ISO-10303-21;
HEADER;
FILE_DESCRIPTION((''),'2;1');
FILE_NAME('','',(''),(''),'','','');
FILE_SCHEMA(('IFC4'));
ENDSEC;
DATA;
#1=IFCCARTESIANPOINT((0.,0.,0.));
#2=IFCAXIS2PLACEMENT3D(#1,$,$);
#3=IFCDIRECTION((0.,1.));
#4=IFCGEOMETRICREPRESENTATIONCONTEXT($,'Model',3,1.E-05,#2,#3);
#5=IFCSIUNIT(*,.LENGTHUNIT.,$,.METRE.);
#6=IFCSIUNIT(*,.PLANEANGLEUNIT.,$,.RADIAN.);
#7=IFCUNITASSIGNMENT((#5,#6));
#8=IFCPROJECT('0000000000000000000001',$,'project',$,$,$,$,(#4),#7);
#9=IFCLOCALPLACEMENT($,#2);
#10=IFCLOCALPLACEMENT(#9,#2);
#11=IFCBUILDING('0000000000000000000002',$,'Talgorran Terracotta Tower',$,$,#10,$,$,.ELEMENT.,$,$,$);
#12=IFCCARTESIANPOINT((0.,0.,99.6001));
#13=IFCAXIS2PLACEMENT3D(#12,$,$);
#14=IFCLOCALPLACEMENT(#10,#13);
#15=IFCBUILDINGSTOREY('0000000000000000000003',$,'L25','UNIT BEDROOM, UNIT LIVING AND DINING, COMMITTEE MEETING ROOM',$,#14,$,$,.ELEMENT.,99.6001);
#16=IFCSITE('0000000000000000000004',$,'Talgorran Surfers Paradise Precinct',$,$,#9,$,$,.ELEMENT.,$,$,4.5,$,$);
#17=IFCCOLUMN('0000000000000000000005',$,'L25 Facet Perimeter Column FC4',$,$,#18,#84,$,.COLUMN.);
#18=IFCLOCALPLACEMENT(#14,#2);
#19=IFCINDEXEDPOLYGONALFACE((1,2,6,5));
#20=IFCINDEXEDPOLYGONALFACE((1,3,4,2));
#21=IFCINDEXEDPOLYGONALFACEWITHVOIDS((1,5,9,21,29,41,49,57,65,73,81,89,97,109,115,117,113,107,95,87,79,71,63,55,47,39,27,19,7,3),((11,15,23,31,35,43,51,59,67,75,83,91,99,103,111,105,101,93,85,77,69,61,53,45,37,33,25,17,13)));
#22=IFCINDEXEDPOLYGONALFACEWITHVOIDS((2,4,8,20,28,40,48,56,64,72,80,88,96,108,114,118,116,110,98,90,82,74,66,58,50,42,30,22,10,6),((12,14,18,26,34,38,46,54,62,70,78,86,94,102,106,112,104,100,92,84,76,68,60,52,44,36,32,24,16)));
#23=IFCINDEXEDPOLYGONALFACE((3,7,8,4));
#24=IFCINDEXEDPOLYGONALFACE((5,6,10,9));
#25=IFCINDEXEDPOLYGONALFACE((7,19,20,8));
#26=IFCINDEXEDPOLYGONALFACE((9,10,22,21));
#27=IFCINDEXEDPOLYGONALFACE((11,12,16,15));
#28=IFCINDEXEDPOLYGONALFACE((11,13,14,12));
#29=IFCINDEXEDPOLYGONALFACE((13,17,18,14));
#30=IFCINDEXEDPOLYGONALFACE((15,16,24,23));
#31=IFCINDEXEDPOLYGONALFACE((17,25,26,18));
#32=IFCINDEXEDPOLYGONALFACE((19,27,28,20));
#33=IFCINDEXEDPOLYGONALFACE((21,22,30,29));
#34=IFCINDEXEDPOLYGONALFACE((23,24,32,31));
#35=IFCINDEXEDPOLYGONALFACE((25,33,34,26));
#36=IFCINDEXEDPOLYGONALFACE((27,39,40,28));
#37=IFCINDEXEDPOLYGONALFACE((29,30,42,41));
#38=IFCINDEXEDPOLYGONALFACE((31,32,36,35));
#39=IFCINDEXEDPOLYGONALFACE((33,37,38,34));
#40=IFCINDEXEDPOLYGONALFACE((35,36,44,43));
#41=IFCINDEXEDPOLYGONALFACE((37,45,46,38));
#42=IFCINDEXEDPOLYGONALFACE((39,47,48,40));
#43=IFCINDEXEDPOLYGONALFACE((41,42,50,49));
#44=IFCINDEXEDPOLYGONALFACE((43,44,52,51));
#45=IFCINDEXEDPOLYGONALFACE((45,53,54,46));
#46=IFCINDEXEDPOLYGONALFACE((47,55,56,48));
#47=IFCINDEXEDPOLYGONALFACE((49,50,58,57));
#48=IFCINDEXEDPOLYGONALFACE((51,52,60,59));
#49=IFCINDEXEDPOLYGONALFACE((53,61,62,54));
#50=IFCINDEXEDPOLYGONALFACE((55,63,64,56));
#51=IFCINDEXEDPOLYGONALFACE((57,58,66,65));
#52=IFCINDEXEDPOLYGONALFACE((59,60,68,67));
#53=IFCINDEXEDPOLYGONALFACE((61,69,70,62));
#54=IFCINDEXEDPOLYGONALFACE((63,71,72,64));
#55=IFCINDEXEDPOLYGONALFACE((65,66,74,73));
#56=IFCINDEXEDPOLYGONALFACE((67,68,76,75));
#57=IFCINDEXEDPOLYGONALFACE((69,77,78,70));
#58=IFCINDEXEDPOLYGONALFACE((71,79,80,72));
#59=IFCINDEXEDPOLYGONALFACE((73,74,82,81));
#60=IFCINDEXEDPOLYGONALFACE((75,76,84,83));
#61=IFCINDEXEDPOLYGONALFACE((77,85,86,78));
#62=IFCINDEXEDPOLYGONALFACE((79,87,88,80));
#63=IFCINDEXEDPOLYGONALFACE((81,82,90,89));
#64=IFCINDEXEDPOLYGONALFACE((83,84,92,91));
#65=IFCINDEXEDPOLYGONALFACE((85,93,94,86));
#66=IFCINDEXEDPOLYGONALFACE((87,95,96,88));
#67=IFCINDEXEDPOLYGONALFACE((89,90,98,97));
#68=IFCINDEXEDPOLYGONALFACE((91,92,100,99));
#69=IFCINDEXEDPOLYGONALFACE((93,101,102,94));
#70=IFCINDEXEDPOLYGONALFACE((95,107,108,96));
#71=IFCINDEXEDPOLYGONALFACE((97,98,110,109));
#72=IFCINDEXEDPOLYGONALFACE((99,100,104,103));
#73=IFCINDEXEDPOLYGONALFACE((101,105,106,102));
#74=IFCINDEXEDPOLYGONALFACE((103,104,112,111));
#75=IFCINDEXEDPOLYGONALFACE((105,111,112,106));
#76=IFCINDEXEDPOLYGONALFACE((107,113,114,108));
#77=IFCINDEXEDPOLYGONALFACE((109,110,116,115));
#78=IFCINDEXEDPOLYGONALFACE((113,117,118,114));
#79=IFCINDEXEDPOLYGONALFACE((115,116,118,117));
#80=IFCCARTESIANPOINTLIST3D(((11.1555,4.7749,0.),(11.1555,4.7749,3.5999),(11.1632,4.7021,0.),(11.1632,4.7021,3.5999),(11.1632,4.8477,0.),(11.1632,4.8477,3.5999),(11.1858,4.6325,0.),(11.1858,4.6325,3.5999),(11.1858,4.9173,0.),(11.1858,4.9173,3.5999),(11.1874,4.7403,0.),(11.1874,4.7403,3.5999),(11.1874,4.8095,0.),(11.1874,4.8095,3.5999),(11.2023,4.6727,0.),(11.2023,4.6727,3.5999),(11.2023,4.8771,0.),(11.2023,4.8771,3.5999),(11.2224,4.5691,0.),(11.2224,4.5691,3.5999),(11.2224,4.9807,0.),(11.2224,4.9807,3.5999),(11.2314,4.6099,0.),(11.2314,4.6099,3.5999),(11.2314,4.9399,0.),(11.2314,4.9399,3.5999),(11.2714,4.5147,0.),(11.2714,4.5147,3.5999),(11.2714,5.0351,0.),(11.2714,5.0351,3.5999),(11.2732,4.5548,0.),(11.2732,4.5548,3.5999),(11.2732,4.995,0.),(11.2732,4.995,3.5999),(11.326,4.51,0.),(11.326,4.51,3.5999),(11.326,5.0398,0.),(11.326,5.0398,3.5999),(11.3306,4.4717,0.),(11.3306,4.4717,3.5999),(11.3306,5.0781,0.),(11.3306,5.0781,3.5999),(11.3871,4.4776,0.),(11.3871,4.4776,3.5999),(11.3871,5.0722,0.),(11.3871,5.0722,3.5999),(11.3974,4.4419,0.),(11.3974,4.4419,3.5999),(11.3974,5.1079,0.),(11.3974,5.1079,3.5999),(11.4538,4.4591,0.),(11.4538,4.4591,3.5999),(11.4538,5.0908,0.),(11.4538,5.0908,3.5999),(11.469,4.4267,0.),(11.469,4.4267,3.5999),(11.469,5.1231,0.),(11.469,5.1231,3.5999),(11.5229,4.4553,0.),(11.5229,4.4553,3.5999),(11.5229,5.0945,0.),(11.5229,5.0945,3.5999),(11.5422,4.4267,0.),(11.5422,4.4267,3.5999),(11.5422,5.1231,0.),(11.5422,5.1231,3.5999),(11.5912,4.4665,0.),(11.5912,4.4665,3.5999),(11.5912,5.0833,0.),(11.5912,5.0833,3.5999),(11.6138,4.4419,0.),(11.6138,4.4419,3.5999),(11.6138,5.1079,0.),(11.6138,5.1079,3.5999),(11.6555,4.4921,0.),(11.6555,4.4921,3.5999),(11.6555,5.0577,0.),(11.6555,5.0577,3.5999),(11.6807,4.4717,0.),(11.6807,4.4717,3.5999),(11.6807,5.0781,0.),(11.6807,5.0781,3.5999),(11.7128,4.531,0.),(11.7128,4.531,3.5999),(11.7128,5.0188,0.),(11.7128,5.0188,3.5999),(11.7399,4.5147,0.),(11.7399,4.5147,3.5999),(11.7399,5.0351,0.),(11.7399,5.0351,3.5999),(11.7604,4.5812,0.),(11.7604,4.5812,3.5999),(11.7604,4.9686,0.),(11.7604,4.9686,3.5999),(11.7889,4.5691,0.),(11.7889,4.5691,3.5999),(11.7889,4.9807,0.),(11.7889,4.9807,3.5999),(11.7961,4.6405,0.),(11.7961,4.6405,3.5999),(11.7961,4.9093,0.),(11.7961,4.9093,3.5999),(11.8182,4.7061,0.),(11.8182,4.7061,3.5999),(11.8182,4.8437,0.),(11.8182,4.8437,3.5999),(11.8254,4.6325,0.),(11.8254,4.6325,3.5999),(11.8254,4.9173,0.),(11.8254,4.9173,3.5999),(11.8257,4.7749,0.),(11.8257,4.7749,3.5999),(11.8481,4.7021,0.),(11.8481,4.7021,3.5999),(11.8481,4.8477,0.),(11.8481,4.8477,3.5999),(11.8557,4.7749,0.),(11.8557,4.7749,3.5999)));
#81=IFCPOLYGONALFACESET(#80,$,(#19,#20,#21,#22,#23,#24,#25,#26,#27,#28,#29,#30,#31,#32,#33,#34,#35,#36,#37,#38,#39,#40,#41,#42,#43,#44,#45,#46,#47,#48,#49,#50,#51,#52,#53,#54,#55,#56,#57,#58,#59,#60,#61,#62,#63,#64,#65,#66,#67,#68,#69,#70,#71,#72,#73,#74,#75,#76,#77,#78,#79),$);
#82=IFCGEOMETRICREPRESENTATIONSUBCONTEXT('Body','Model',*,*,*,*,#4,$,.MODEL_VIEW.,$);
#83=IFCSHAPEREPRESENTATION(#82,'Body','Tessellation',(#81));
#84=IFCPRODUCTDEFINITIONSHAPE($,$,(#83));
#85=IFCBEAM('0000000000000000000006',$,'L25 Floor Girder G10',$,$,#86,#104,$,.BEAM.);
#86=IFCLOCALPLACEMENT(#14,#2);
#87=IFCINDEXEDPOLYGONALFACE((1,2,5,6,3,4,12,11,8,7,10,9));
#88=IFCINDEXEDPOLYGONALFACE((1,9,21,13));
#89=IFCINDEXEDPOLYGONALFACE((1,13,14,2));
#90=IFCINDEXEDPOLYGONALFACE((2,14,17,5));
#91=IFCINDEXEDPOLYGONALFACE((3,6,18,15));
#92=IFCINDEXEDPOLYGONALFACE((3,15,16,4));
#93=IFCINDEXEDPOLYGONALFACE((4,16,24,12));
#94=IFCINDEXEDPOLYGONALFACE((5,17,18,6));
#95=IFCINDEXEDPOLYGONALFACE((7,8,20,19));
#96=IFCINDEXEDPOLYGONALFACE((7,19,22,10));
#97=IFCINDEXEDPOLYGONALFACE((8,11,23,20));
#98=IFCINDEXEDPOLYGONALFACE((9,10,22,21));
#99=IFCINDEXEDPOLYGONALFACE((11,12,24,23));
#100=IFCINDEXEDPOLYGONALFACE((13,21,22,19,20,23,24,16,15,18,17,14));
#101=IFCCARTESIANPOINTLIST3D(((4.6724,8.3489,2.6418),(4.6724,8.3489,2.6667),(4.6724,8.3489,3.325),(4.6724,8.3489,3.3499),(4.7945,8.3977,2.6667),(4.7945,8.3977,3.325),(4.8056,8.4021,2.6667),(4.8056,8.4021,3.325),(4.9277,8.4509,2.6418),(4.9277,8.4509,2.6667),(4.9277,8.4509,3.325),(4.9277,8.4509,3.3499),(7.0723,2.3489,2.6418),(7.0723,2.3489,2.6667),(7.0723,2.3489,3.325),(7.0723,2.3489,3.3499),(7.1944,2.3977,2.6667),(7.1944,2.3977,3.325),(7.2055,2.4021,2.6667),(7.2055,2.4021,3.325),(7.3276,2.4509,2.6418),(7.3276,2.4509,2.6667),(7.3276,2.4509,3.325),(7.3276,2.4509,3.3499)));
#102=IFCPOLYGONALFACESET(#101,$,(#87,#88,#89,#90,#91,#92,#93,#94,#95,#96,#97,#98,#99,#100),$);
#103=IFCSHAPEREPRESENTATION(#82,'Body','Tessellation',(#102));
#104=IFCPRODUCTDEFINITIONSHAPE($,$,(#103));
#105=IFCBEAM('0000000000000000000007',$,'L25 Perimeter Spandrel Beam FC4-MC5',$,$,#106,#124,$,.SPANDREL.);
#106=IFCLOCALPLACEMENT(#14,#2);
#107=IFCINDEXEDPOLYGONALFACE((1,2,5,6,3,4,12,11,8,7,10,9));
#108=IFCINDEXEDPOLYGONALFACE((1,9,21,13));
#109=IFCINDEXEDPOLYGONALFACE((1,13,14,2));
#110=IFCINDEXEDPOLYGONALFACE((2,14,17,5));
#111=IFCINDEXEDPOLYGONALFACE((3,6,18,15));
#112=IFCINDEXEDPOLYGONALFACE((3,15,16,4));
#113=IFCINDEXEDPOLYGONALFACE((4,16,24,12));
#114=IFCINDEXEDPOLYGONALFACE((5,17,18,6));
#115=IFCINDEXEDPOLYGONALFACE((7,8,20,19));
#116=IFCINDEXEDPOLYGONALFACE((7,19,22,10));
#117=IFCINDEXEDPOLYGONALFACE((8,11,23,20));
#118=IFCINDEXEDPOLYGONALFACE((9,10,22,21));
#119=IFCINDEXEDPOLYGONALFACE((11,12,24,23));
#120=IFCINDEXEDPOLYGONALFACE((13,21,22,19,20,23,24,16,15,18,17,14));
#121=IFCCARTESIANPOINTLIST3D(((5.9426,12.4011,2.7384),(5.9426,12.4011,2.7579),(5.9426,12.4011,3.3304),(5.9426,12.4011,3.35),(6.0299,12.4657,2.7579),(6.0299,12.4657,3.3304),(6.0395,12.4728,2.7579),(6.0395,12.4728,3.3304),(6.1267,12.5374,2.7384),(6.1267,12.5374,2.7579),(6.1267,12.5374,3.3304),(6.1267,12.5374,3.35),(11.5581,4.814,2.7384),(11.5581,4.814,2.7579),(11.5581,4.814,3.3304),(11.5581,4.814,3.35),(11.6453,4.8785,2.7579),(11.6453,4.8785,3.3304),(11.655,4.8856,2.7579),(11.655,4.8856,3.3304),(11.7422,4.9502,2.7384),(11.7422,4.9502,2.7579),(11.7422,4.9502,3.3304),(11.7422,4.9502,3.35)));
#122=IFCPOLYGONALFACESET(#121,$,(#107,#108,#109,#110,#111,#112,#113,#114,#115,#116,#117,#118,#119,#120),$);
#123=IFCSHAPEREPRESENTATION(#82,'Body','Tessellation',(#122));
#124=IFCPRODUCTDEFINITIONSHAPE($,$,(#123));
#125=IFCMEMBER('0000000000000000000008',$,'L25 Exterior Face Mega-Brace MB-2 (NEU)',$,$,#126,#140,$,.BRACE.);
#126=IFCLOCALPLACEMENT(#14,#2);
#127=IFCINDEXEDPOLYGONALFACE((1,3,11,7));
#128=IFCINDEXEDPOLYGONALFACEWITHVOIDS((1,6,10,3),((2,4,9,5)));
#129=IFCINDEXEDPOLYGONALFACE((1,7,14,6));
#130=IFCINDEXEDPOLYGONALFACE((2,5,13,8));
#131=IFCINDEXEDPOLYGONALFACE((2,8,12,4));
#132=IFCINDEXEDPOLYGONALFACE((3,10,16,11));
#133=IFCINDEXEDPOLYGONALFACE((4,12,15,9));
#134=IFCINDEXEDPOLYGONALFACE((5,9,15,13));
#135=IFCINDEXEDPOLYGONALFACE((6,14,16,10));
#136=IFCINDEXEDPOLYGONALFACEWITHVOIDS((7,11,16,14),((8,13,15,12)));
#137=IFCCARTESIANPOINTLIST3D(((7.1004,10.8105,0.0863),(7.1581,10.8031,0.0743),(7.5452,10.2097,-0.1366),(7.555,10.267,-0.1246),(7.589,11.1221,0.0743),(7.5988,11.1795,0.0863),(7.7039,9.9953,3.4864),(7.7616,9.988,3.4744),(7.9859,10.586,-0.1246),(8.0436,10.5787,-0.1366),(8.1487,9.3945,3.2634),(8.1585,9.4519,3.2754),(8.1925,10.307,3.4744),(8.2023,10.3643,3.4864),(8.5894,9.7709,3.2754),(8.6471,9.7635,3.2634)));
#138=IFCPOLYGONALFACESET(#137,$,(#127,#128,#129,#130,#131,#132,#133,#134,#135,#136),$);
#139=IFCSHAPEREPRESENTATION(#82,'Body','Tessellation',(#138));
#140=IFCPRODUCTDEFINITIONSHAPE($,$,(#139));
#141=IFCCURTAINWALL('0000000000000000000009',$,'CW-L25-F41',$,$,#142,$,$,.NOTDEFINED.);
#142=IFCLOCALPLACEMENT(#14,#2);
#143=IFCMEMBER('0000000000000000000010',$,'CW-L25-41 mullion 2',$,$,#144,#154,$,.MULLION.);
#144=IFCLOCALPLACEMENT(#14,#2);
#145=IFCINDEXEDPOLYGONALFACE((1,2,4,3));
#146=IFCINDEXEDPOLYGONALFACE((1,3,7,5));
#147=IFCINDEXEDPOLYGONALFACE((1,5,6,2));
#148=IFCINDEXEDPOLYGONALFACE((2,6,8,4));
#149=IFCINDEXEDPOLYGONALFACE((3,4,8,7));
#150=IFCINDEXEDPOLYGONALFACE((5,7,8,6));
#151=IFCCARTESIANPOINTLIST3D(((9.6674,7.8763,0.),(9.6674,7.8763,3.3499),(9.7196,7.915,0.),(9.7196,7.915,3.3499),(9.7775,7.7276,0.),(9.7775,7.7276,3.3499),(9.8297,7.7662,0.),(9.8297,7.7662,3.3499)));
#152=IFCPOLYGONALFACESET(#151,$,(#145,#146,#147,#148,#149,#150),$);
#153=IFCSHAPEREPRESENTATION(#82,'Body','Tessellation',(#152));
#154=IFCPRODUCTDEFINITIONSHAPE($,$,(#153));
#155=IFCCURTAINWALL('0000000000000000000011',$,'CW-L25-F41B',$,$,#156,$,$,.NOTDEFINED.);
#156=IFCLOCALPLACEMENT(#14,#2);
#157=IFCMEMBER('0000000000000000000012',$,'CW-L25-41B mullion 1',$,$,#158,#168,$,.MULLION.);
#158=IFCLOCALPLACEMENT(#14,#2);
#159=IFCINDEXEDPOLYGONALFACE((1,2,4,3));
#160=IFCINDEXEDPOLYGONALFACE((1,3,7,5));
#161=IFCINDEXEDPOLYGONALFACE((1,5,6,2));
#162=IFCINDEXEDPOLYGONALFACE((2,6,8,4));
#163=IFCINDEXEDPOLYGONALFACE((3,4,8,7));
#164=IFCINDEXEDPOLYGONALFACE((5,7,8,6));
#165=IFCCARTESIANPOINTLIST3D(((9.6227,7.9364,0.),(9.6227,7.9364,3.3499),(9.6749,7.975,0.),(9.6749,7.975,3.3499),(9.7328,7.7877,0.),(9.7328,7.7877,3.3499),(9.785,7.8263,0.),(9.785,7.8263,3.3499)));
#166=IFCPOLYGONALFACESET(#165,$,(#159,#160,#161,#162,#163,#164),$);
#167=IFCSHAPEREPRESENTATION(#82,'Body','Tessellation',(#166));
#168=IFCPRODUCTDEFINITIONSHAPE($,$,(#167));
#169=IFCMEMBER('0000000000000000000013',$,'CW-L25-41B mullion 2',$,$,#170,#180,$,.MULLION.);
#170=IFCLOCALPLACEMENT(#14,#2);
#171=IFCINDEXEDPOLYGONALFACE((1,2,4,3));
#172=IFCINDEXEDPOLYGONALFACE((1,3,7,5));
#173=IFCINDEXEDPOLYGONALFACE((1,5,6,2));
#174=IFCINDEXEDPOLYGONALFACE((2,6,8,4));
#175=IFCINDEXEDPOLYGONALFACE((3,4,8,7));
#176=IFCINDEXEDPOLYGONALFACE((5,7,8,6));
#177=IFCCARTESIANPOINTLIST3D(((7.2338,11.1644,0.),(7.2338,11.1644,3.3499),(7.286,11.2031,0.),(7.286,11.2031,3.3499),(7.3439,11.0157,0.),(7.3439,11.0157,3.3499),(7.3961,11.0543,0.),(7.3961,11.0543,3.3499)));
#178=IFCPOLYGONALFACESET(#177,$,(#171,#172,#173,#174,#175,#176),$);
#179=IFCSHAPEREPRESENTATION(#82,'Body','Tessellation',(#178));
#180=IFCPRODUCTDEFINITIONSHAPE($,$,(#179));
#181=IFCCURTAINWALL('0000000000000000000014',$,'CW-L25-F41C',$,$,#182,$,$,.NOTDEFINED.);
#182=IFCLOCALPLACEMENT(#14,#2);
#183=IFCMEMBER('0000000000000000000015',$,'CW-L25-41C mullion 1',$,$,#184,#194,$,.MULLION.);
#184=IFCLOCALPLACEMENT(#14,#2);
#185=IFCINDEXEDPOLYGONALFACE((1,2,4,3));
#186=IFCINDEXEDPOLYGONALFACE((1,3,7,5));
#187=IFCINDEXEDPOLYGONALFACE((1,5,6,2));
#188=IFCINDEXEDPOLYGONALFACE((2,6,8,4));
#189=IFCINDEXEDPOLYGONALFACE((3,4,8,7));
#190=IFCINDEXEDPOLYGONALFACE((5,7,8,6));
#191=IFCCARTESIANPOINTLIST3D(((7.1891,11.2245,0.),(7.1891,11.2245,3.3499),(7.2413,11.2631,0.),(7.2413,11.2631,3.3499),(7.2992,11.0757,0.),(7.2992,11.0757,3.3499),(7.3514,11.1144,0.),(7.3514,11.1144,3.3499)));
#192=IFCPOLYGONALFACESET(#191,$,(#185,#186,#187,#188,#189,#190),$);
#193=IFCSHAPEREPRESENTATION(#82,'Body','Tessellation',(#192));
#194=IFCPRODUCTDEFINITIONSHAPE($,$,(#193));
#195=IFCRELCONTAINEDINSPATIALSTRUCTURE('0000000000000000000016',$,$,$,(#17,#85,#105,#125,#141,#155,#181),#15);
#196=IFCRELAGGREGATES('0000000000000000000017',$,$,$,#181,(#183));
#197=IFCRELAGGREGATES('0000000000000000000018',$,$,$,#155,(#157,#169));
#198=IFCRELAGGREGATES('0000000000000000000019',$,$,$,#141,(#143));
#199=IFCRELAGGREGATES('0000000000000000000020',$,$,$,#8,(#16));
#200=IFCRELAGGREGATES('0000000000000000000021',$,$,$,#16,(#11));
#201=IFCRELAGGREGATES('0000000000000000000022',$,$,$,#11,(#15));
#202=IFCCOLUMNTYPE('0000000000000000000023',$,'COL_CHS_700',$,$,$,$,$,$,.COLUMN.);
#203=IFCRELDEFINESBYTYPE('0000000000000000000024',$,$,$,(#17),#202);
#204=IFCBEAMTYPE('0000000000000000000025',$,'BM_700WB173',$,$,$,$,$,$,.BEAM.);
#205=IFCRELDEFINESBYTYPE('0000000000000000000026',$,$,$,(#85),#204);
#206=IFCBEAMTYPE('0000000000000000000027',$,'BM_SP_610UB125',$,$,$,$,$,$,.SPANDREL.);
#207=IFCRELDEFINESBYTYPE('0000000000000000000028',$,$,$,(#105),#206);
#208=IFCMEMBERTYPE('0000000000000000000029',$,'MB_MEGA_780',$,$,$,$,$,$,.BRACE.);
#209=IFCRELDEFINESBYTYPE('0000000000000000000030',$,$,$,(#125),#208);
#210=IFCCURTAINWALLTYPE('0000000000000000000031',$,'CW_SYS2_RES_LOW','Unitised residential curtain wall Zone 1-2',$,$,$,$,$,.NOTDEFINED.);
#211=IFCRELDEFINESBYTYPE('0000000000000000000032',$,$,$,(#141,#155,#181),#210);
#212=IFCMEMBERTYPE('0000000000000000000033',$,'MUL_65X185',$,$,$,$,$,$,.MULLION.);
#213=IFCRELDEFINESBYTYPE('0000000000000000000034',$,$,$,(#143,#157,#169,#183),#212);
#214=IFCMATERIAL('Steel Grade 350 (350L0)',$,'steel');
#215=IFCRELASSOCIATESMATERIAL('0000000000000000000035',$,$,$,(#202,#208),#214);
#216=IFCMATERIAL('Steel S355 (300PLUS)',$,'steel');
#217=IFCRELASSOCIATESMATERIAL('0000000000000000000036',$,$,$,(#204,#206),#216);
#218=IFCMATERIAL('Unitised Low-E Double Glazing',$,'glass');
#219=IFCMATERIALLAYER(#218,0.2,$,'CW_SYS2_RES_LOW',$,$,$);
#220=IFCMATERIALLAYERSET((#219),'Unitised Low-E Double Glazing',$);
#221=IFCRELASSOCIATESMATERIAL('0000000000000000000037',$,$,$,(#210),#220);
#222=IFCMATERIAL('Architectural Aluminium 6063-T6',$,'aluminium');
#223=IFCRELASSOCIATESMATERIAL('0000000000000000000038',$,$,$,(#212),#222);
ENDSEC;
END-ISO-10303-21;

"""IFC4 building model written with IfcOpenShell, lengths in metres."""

from ifc_helpers import new_model, si_unit, direction, frame, origin, origin_2d, place, context, subcontext, project, spatial, rectangle, hollow_rectangle, hollow_circle, i_section, extrude, material, layer, layer_set, material_profile, profile_set, type_object, element, aggregate, save


model = new_model("IFC4")

# Units and contexts
model_context = context("Model", 3, precision=1e-05, world=origin(), true_north=direction((0.0, 1.0)))
body_context = subcontext(model_context, "Body", "Model", "MODEL_VIEW")
ifc_project = project(units=[si_unit("LENGTHUNIT", "METRE"), si_unit("PLANEANGLEUNIT", "RADIAN")], contexts=[model_context])

# Site, building, storey
site_placement = place(None, origin())
site = spatial("IfcSite", under=ifc_project, at=site_placement, Name="Talgorran Surfers Paradise Precinct", CompositionType="ELEMENT", RefElevation=4.5)
building_placement = place(site_placement, origin())
building = spatial("IfcBuilding", under=site, at=building_placement, Name="Talgorran Terracotta Tower", CompositionType="ELEMENT")
storey_placement = place(building_placement, frame((0.0, 0.0, 99.6001)))
storey = spatial("IfcBuildingStorey", under=building, at=storey_placement, Name="L25", Description="UNIT BEDROOM, UNIT LIVING AND DINING, COMMITTEE MEETING ROOM", CompositionType="ELEMENT", Elevation=99.6001)

# Column
ifc_material_1 = material(Name="Steel Grade 350 (350L0)", Category="steel")
ifc_material_profile_1 = material_profile(ifc_material_1, hollow_circle(Radius=0.3501, WallThickness=0.03, at=origin_2d()), Name="CHS700X30")
ifc_profile_set_1 = profile_set([ifc_material_profile_1], Name="Steel Grade 350 (350L0)")
column_type = type_object("IfcColumnType", Name="COL_CHS_700", PredefinedType="COLUMN", material=ifc_profile_set_1)
column_placement = place(storey_placement, frame((11.5056, 4.7749, 0.0), z_axis=(0.0, 0.0, 1.0), x_axis=(1.0, 0.0, 0.0)))
element("IfcColumn", 1, at=column_placement, inside=storey, type_object=column_type, Name="L25 Facet Perimeter Column FC4", PredefinedType="COLUMN", context=body_context, shape_type="SweptSolid", body=[
    extrude(hollow_circle(Radius=0.3501, WallThickness=0.03, at=origin_2d()), origin(), (0.0, 0.0, 1.0), 3.5999),
])

# Beams
ifc_material_2 = material(Name="Steel S355 (300PLUS)", Category="steel")
ifc_material_profile_2 = material_profile(ifc_material_2, i_section(OverallWidth=0.2749, OverallDepth=0.708, WebThickness=0.012, FlangeThickness=0.0249, at=origin_2d()), Name="700WB173")
ifc_profile_set_2 = profile_set([ifc_material_profile_2], Name="Steel S355 (300PLUS)")
beam_type_1 = type_object("IfcBeamType", Name="BM_700WB173", PredefinedType="BEAM", material=ifc_profile_set_2)
beam_1_placement = place(storey_placement, frame((7.2, 2.3999, 2.9958), z_axis=(-0.371378, 0.928482, 0.0), x_axis=(-0.928482, -0.371378, 0.0)))
element("IfcBeam", 2, at=beam_1_placement, inside=storey, type_object=beam_type_1, Name="L25 Floor Girder G10", PredefinedType="BEAM", context=body_context, shape_type="SweptSolid", body=[
    extrude(i_section(OverallWidth=0.2749, OverallDepth=0.708, WebThickness=0.012, FlangeThickness=0.0249, at=origin_2d()), origin(), (0.0, 0.0, 1.0), 6.4622),
])
ifc_material_profile_3 = material_profile(ifc_material_2, i_section(OverallWidth=0.229, OverallDepth=0.6116, WebThickness=0.012, FlangeThickness=0.0195, at=origin_2d()), Name="610UB125")
ifc_profile_set_3 = profile_set([ifc_material_profile_3], Name="Steel S355 (300PLUS)")
beam_type_2 = type_object("IfcBeamType", Name="BM_SP_610UB125", PredefinedType="SPANDREL", material=ifc_profile_set_3)
beam_2_placement = place(storey_placement, frame((11.6501, 4.8821, 3.0442), z_axis=(-0.59491, 0.803792, 0.0), x_axis=(-0.803792, -0.59491, 0.0)))
element("IfcBeam", 3, at=beam_2_placement, inside=storey, type_object=beam_type_2, Name="L25 Perimeter Spandrel Beam FC4-MC5", PredefinedType="SPANDREL", context=body_context, shape_type="SweptSolid", body=[
    extrude(i_section(OverallWidth=0.229, OverallDepth=0.6116, WebThickness=0.012, FlangeThickness=0.0195, at=origin_2d()), origin(), (0.0, 0.0, 1.0), 9.4392),
])

# Member
ifc_material_profile_4 = material_profile(ifc_material_1, hollow_rectangle(XDim=0.6201, YDim=0.78, WallThickness=0.042, at=origin_2d()), Name="WBOX780X620X42")
ifc_profile_set_4 = profile_set([ifc_material_profile_4], Name="Steel Grade 350 (350L0)")
member_type_1 = type_object("IfcMemberType", Name="MB_MEGA_780", PredefinedType="BRACE", material=ifc_profile_set_4)
member_1_placement = place(storey_placement, frame((7.572, 10.6946, -0.0251), z_axis=(0.17009, -0.229746, 0.958272), x_axis=(0.803711, 0.59502, 0.0)))
element("IfcMember", 4, at=member_1_placement, inside=storey, type_object=member_type_1, Name="L25 Exterior Face Mega-Brace MB-2 (NEU)", PredefinedType="BRACE", context=body_context, shape_type="SweptSolid", body=[
    extrude(hollow_rectangle(XDim=0.6201, YDim=0.78, WallThickness=0.042, at=origin_2d()), origin(), (0.0, 0.0, 1.0), 3.5481),
])

# Curtain wall, member
ifc_material_3 = material(Name="Unitised Low-E Double Glazing", Category="glass")
ifc_layer_1 = layer(ifc_material_3, 0.2, Name="CW_SYS2_RES_LOW")
ifc_layer_set_1 = layer_set([ifc_layer_1], Name="Unitised Low-E Double Glazing")
curtain_wall_type = type_object("IfcCurtainWallType", Name="CW_SYS2_RES_LOW", Description="Unitised residential curtain wall Zone 1-2", PredefinedType="NOTDEFINED", material=ifc_layer_set_1)
curtain_wall_1_placement = place(storey_placement, origin())
curtain_wall_1 = element("IfcCurtainWall", 5, at=curtain_wall_1_placement, inside=storey, type_object=curtain_wall_type, Name="CW-L25-F41", PredefinedType="NOTDEFINED")
ifc_material_4 = material(Name="Architectural Aluminium 6063-T6", Category="aluminium")
ifc_material_profile_5 = material_profile(ifc_material_4, rectangle(XDim=0.0649, YDim=0.1851, at=origin_2d()), Name="CWM65X185")
ifc_profile_set_5 = profile_set([ifc_material_profile_5], Name="Architectural Aluminium 6063-T6")
member_type_2 = type_object("IfcMemberType", Name="MUL_65X185", PredefinedType="MULLION", material=ifc_profile_set_5)
member_2_placement = place(storey_placement, frame((9.7485, 7.8213, 0.0), z_axis=(0.0, 0.0, 1.0), x_axis=(-0.803793, -0.59491, 0.0)))
member_2 = element("IfcMember", 6, at=member_2_placement, type_object=member_type_2, Name="CW-L25-41 mullion 2", PredefinedType="MULLION", context=body_context, shape_type="SweptSolid", body=[
    extrude(rectangle(XDim=0.0649, YDim=0.1851, at=origin_2d()), origin(), (0.0, 0.0, 1.0), 3.3499),
])

# Curtain wall, members
curtain_wall_2_placement = place(storey_placement, origin())
curtain_wall_2 = element("IfcCurtainWall", 7, at=curtain_wall_2_placement, inside=storey, type_object=curtain_wall_type, Name="CW-L25-F41B", PredefinedType="NOTDEFINED")
member_3_placement = place(storey_placement, frame((9.7039, 7.8813, 0.0), z_axis=(0.0, 0.0, 1.0), x_axis=(-0.803792, -0.59491, 0.0)))
member_3 = element("IfcMember", 8, at=member_3_placement, type_object=member_type_2, Name="CW-L25-41B mullion 1", PredefinedType="MULLION", context=body_context, shape_type="SweptSolid", body=[
    extrude(rectangle(XDim=0.0649, YDim=0.1851, at=origin_2d()), origin(), (0.0, 0.0, 1.0), 3.3499),
])
member_4_placement = place(storey_placement, frame((7.3149, 11.1094, 0.0), z_axis=(0.0, 0.0, 1.0), x_axis=(-0.803792, -0.59491, 0.0)))
member_4 = element("IfcMember", 9, at=member_4_placement, type_object=member_type_2, Name="CW-L25-41B mullion 2", PredefinedType="MULLION", context=body_context, shape_type="SweptSolid", body=[
    extrude(rectangle(XDim=0.0649, YDim=0.1851, at=origin_2d()), origin(), (0.0, 0.0, 1.0), 3.3499),
])

# Curtain wall, member
curtain_wall_3_placement = place(storey_placement, origin())
curtain_wall_3 = element("IfcCurtainWall", 10, at=curtain_wall_3_placement, inside=storey, type_object=curtain_wall_type, Name="CW-L25-F41C", PredefinedType="NOTDEFINED")
member_5_placement = place(storey_placement, frame((7.2703, 11.1694, 0.0), z_axis=(0.0, 0.0, 1.0), x_axis=(-0.80379, -0.594914, 0.0)))
member_5 = element("IfcMember", 11, at=member_5_placement, type_object=member_type_2, Name="CW-L25-41C mullion 1", PredefinedType="MULLION", context=body_context, shape_type="SweptSolid", body=[
    extrude(rectangle(XDim=0.0649, YDim=0.1851, at=origin_2d()), origin(), (0.0, 0.0, 1.0), 3.3499),
])

aggregate(curtain_wall_3, [member_5])

aggregate(curtain_wall_2, [member_3, member_4])
aggregate(curtain_wall_1, [member_2])

save(model, "model.ifc")
